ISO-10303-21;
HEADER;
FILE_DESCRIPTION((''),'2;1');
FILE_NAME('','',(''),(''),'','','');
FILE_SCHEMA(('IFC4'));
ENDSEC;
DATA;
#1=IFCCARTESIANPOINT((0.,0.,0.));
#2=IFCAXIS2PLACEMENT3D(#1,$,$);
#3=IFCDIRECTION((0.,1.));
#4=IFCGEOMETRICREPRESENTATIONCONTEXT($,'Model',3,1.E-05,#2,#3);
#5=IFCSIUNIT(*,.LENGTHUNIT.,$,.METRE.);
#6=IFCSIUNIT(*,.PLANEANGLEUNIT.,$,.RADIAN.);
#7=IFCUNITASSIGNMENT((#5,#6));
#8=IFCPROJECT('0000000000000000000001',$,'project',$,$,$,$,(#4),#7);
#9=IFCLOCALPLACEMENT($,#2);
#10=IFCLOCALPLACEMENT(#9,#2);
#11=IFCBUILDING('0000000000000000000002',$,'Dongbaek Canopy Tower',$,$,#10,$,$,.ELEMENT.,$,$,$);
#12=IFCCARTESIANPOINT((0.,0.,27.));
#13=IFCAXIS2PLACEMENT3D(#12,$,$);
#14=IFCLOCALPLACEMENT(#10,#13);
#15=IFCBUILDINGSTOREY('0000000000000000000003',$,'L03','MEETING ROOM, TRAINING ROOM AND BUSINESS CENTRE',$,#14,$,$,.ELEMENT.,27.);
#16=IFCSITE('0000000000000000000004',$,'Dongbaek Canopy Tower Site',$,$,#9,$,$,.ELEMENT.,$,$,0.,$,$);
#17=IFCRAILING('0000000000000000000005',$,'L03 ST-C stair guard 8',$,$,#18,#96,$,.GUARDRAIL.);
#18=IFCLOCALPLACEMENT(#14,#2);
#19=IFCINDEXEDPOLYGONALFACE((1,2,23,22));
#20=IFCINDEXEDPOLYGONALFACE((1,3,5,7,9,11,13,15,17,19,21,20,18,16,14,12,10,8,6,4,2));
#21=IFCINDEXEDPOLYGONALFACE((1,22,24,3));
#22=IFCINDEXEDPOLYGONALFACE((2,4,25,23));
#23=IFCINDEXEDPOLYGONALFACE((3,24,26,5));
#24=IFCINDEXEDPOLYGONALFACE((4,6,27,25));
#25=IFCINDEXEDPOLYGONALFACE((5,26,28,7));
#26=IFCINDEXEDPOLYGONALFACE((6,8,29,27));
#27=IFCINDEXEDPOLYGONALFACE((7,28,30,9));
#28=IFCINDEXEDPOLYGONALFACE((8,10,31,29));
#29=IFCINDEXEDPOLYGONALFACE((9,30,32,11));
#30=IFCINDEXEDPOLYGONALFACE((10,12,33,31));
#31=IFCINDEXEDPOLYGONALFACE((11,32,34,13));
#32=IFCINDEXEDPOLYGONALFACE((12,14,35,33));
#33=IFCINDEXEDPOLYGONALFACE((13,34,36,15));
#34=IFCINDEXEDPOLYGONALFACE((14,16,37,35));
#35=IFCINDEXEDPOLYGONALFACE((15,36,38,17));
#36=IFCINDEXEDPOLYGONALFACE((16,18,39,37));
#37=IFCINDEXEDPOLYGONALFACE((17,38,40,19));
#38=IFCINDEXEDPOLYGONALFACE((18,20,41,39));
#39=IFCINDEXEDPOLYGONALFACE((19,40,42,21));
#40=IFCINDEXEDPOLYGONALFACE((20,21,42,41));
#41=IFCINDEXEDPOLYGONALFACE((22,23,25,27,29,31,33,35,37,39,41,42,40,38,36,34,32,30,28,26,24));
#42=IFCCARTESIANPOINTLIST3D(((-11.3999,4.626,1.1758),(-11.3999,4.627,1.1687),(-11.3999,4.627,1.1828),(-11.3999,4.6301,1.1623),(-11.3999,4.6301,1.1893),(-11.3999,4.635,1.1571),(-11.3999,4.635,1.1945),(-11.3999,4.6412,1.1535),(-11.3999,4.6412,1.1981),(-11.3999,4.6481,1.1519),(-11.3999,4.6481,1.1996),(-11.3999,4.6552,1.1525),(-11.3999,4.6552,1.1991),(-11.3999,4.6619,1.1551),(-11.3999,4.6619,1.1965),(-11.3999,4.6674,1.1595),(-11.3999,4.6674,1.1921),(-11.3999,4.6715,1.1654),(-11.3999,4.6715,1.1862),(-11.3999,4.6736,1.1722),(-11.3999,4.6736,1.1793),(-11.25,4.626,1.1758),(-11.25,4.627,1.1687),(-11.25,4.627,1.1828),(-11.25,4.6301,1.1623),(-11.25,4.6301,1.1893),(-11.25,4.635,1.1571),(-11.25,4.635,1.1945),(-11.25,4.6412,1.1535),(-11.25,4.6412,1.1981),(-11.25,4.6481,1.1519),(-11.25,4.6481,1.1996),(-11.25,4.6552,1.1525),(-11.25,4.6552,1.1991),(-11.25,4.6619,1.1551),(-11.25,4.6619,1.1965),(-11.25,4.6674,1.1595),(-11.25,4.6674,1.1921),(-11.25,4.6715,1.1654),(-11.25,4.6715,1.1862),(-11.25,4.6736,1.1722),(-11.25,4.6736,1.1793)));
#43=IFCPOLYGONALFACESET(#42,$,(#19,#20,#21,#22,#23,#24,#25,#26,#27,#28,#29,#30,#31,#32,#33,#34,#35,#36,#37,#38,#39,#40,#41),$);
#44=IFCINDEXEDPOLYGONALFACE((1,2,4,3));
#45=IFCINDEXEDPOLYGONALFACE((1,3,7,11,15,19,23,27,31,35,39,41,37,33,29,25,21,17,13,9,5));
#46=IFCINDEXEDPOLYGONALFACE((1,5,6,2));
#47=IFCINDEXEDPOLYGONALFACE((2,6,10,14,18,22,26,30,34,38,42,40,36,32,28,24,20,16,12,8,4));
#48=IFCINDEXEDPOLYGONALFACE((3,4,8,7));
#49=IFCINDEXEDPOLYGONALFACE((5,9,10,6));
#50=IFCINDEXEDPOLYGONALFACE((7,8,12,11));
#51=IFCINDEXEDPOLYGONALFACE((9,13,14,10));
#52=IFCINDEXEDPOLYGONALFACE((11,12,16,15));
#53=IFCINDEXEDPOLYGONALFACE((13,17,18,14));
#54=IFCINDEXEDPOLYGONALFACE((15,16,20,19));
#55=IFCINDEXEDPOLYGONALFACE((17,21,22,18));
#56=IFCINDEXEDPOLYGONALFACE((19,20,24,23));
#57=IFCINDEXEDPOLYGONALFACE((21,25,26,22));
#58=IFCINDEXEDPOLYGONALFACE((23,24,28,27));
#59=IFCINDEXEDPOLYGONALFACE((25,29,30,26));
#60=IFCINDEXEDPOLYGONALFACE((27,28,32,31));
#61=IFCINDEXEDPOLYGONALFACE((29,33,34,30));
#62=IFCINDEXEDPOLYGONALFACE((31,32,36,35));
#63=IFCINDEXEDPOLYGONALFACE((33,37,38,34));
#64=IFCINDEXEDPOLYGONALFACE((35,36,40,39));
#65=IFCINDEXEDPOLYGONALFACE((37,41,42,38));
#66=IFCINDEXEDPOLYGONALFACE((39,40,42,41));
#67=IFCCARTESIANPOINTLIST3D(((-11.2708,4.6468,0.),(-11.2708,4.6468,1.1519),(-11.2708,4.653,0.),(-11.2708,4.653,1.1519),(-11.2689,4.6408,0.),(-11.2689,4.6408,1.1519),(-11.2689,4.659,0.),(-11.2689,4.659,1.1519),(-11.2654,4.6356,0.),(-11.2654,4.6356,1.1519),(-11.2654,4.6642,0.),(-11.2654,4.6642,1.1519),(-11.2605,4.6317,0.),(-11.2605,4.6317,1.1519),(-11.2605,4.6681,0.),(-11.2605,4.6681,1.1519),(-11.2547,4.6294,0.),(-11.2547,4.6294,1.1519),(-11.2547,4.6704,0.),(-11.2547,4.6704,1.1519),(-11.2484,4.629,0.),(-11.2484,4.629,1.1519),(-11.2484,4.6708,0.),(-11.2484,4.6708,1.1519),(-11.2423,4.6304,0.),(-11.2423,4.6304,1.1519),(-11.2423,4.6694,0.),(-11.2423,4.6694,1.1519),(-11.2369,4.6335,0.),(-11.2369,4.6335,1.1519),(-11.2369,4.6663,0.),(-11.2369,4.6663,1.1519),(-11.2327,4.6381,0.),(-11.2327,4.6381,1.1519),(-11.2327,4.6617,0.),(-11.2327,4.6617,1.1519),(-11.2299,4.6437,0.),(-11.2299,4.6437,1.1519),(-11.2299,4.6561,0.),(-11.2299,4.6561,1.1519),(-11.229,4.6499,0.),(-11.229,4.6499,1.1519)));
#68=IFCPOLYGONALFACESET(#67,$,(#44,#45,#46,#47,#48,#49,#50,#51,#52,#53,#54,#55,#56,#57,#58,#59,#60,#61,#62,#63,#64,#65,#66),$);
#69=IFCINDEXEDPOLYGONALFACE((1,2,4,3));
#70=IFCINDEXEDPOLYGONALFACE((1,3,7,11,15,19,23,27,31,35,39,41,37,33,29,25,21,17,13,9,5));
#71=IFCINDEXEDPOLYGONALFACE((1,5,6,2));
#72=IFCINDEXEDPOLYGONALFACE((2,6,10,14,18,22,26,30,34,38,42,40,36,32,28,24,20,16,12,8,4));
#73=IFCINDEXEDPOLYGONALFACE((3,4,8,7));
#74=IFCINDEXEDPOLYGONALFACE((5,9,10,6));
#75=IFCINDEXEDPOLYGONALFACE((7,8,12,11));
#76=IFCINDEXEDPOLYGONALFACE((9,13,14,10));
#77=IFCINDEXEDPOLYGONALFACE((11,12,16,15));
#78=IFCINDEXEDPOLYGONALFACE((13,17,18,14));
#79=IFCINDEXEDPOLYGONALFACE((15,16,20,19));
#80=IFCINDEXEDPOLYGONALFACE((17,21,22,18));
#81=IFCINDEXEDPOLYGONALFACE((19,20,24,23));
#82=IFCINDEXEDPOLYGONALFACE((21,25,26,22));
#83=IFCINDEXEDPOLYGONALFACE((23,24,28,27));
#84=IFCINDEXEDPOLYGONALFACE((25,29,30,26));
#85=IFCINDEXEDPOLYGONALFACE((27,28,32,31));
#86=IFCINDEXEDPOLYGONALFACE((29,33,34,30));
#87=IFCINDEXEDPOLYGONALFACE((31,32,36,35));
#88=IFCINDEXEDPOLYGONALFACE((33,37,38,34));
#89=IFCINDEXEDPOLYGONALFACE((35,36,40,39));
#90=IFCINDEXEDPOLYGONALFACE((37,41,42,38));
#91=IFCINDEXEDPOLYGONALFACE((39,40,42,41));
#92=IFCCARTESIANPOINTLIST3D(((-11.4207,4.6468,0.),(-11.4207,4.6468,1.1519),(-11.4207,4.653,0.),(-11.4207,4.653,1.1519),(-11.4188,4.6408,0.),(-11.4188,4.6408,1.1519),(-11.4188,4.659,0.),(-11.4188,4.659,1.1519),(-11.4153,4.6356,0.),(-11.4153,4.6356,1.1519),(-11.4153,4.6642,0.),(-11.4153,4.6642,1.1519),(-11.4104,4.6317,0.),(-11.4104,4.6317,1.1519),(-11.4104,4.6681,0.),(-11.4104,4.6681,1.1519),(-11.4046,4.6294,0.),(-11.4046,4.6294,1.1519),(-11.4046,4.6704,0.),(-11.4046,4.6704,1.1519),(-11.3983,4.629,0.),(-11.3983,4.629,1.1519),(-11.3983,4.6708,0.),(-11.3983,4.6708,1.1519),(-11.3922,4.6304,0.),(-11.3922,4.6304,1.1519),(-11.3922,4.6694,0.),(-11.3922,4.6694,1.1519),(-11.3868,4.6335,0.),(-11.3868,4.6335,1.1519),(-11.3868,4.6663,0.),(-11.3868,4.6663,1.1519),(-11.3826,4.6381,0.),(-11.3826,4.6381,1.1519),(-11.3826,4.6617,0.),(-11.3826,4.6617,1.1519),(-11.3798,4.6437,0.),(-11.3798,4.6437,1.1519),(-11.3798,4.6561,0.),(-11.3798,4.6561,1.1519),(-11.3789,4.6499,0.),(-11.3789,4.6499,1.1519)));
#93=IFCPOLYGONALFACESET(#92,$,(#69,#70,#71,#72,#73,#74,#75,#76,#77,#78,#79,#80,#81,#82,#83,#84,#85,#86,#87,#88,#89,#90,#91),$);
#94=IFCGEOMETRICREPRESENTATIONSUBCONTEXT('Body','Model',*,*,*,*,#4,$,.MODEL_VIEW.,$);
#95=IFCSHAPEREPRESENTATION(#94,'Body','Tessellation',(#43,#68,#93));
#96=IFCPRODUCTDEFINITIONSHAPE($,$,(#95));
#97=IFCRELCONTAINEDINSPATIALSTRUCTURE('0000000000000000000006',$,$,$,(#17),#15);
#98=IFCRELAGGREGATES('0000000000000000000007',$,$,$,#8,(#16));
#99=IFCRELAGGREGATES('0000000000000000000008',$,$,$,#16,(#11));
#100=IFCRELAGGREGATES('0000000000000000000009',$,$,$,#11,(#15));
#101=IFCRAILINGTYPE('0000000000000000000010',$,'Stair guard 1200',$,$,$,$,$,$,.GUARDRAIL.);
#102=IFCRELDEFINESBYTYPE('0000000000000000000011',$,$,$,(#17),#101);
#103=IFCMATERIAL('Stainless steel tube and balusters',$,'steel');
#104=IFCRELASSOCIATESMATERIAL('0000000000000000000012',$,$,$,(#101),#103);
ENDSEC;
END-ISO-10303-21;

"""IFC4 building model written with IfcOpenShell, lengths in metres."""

from ifc_helpers import new_model, si_unit, direction, frame, origin, origin_2d, place, context, subcontext, project, spatial, circle, extrude, material, type_object, element, save


model = new_model("IFC4")

# Units and contexts
model_context = context("Model", 3, precision=1e-05, world=origin(), true_north=direction((0.0, 1.0)))
body_context = subcontext(model_context, "Body", "Model", "MODEL_VIEW")
ifc_project = project(units=[si_unit("LENGTHUNIT", "METRE"), si_unit("PLANEANGLEUNIT", "RADIAN")], contexts=[model_context])

# Site, building, storey
site_placement = place(None, origin())
site = spatial("IfcSite", under=ifc_project, at=site_placement, Name="Dongbaek Canopy Tower Site", CompositionType="ELEMENT", RefElevation=0.0)
building_placement = place(site_placement, origin())
building = spatial("IfcBuilding", under=site, at=building_placement, Name="Dongbaek Canopy Tower", CompositionType="ELEMENT")
storey_placement = place(building_placement, frame((0.0, 0.0, 27.0)))
storey = spatial("IfcBuildingStorey", under=building, at=storey_placement, Name="L03", Description="MEETING ROOM, TRAINING ROOM AND BUSINESS CENTRE", CompositionType="ELEMENT", Elevation=27.0)

# Railing
ifc_material_1 = material(Name="Stainless steel tube and balusters", Category="steel")
railing_type_1 = type_object("IfcRailingType", Name="Stair guard 1200", PredefinedType="GUARDRAIL", material=ifc_material_1)
railing_1_placement = place(storey_placement, frame((-11.25, 4.6499, 0.0)))
element("IfcRailing", 1, at=railing_1_placement, inside=storey, type_object=railing_type_1, Name="L03 ST-C stair guard 8", PredefinedType="GUARDRAIL", context=body_context, shape_type="SweptSolid", body=[
    extrude(circle(Radius=0.0239, at=origin_2d()), frame((0.0, 0.0, 1.1758), z_axis=(-1.0, 0.0, 0.0), x_axis=(0.0, -1.0, 0.0)), (0.0, 0.0, 1.0), 0.1499),
    extrude(circle(Radius=0.021, at=origin_2d()), origin(), (0.0, 0.0, 1.0), 1.1519),
    extrude(circle(Radius=0.021, at=origin_2d()), frame((-0.1499, 0.0, 0.0)), (0.0, 0.0, 1.0), 1.1519),
])

save(model, "model.ifc")
